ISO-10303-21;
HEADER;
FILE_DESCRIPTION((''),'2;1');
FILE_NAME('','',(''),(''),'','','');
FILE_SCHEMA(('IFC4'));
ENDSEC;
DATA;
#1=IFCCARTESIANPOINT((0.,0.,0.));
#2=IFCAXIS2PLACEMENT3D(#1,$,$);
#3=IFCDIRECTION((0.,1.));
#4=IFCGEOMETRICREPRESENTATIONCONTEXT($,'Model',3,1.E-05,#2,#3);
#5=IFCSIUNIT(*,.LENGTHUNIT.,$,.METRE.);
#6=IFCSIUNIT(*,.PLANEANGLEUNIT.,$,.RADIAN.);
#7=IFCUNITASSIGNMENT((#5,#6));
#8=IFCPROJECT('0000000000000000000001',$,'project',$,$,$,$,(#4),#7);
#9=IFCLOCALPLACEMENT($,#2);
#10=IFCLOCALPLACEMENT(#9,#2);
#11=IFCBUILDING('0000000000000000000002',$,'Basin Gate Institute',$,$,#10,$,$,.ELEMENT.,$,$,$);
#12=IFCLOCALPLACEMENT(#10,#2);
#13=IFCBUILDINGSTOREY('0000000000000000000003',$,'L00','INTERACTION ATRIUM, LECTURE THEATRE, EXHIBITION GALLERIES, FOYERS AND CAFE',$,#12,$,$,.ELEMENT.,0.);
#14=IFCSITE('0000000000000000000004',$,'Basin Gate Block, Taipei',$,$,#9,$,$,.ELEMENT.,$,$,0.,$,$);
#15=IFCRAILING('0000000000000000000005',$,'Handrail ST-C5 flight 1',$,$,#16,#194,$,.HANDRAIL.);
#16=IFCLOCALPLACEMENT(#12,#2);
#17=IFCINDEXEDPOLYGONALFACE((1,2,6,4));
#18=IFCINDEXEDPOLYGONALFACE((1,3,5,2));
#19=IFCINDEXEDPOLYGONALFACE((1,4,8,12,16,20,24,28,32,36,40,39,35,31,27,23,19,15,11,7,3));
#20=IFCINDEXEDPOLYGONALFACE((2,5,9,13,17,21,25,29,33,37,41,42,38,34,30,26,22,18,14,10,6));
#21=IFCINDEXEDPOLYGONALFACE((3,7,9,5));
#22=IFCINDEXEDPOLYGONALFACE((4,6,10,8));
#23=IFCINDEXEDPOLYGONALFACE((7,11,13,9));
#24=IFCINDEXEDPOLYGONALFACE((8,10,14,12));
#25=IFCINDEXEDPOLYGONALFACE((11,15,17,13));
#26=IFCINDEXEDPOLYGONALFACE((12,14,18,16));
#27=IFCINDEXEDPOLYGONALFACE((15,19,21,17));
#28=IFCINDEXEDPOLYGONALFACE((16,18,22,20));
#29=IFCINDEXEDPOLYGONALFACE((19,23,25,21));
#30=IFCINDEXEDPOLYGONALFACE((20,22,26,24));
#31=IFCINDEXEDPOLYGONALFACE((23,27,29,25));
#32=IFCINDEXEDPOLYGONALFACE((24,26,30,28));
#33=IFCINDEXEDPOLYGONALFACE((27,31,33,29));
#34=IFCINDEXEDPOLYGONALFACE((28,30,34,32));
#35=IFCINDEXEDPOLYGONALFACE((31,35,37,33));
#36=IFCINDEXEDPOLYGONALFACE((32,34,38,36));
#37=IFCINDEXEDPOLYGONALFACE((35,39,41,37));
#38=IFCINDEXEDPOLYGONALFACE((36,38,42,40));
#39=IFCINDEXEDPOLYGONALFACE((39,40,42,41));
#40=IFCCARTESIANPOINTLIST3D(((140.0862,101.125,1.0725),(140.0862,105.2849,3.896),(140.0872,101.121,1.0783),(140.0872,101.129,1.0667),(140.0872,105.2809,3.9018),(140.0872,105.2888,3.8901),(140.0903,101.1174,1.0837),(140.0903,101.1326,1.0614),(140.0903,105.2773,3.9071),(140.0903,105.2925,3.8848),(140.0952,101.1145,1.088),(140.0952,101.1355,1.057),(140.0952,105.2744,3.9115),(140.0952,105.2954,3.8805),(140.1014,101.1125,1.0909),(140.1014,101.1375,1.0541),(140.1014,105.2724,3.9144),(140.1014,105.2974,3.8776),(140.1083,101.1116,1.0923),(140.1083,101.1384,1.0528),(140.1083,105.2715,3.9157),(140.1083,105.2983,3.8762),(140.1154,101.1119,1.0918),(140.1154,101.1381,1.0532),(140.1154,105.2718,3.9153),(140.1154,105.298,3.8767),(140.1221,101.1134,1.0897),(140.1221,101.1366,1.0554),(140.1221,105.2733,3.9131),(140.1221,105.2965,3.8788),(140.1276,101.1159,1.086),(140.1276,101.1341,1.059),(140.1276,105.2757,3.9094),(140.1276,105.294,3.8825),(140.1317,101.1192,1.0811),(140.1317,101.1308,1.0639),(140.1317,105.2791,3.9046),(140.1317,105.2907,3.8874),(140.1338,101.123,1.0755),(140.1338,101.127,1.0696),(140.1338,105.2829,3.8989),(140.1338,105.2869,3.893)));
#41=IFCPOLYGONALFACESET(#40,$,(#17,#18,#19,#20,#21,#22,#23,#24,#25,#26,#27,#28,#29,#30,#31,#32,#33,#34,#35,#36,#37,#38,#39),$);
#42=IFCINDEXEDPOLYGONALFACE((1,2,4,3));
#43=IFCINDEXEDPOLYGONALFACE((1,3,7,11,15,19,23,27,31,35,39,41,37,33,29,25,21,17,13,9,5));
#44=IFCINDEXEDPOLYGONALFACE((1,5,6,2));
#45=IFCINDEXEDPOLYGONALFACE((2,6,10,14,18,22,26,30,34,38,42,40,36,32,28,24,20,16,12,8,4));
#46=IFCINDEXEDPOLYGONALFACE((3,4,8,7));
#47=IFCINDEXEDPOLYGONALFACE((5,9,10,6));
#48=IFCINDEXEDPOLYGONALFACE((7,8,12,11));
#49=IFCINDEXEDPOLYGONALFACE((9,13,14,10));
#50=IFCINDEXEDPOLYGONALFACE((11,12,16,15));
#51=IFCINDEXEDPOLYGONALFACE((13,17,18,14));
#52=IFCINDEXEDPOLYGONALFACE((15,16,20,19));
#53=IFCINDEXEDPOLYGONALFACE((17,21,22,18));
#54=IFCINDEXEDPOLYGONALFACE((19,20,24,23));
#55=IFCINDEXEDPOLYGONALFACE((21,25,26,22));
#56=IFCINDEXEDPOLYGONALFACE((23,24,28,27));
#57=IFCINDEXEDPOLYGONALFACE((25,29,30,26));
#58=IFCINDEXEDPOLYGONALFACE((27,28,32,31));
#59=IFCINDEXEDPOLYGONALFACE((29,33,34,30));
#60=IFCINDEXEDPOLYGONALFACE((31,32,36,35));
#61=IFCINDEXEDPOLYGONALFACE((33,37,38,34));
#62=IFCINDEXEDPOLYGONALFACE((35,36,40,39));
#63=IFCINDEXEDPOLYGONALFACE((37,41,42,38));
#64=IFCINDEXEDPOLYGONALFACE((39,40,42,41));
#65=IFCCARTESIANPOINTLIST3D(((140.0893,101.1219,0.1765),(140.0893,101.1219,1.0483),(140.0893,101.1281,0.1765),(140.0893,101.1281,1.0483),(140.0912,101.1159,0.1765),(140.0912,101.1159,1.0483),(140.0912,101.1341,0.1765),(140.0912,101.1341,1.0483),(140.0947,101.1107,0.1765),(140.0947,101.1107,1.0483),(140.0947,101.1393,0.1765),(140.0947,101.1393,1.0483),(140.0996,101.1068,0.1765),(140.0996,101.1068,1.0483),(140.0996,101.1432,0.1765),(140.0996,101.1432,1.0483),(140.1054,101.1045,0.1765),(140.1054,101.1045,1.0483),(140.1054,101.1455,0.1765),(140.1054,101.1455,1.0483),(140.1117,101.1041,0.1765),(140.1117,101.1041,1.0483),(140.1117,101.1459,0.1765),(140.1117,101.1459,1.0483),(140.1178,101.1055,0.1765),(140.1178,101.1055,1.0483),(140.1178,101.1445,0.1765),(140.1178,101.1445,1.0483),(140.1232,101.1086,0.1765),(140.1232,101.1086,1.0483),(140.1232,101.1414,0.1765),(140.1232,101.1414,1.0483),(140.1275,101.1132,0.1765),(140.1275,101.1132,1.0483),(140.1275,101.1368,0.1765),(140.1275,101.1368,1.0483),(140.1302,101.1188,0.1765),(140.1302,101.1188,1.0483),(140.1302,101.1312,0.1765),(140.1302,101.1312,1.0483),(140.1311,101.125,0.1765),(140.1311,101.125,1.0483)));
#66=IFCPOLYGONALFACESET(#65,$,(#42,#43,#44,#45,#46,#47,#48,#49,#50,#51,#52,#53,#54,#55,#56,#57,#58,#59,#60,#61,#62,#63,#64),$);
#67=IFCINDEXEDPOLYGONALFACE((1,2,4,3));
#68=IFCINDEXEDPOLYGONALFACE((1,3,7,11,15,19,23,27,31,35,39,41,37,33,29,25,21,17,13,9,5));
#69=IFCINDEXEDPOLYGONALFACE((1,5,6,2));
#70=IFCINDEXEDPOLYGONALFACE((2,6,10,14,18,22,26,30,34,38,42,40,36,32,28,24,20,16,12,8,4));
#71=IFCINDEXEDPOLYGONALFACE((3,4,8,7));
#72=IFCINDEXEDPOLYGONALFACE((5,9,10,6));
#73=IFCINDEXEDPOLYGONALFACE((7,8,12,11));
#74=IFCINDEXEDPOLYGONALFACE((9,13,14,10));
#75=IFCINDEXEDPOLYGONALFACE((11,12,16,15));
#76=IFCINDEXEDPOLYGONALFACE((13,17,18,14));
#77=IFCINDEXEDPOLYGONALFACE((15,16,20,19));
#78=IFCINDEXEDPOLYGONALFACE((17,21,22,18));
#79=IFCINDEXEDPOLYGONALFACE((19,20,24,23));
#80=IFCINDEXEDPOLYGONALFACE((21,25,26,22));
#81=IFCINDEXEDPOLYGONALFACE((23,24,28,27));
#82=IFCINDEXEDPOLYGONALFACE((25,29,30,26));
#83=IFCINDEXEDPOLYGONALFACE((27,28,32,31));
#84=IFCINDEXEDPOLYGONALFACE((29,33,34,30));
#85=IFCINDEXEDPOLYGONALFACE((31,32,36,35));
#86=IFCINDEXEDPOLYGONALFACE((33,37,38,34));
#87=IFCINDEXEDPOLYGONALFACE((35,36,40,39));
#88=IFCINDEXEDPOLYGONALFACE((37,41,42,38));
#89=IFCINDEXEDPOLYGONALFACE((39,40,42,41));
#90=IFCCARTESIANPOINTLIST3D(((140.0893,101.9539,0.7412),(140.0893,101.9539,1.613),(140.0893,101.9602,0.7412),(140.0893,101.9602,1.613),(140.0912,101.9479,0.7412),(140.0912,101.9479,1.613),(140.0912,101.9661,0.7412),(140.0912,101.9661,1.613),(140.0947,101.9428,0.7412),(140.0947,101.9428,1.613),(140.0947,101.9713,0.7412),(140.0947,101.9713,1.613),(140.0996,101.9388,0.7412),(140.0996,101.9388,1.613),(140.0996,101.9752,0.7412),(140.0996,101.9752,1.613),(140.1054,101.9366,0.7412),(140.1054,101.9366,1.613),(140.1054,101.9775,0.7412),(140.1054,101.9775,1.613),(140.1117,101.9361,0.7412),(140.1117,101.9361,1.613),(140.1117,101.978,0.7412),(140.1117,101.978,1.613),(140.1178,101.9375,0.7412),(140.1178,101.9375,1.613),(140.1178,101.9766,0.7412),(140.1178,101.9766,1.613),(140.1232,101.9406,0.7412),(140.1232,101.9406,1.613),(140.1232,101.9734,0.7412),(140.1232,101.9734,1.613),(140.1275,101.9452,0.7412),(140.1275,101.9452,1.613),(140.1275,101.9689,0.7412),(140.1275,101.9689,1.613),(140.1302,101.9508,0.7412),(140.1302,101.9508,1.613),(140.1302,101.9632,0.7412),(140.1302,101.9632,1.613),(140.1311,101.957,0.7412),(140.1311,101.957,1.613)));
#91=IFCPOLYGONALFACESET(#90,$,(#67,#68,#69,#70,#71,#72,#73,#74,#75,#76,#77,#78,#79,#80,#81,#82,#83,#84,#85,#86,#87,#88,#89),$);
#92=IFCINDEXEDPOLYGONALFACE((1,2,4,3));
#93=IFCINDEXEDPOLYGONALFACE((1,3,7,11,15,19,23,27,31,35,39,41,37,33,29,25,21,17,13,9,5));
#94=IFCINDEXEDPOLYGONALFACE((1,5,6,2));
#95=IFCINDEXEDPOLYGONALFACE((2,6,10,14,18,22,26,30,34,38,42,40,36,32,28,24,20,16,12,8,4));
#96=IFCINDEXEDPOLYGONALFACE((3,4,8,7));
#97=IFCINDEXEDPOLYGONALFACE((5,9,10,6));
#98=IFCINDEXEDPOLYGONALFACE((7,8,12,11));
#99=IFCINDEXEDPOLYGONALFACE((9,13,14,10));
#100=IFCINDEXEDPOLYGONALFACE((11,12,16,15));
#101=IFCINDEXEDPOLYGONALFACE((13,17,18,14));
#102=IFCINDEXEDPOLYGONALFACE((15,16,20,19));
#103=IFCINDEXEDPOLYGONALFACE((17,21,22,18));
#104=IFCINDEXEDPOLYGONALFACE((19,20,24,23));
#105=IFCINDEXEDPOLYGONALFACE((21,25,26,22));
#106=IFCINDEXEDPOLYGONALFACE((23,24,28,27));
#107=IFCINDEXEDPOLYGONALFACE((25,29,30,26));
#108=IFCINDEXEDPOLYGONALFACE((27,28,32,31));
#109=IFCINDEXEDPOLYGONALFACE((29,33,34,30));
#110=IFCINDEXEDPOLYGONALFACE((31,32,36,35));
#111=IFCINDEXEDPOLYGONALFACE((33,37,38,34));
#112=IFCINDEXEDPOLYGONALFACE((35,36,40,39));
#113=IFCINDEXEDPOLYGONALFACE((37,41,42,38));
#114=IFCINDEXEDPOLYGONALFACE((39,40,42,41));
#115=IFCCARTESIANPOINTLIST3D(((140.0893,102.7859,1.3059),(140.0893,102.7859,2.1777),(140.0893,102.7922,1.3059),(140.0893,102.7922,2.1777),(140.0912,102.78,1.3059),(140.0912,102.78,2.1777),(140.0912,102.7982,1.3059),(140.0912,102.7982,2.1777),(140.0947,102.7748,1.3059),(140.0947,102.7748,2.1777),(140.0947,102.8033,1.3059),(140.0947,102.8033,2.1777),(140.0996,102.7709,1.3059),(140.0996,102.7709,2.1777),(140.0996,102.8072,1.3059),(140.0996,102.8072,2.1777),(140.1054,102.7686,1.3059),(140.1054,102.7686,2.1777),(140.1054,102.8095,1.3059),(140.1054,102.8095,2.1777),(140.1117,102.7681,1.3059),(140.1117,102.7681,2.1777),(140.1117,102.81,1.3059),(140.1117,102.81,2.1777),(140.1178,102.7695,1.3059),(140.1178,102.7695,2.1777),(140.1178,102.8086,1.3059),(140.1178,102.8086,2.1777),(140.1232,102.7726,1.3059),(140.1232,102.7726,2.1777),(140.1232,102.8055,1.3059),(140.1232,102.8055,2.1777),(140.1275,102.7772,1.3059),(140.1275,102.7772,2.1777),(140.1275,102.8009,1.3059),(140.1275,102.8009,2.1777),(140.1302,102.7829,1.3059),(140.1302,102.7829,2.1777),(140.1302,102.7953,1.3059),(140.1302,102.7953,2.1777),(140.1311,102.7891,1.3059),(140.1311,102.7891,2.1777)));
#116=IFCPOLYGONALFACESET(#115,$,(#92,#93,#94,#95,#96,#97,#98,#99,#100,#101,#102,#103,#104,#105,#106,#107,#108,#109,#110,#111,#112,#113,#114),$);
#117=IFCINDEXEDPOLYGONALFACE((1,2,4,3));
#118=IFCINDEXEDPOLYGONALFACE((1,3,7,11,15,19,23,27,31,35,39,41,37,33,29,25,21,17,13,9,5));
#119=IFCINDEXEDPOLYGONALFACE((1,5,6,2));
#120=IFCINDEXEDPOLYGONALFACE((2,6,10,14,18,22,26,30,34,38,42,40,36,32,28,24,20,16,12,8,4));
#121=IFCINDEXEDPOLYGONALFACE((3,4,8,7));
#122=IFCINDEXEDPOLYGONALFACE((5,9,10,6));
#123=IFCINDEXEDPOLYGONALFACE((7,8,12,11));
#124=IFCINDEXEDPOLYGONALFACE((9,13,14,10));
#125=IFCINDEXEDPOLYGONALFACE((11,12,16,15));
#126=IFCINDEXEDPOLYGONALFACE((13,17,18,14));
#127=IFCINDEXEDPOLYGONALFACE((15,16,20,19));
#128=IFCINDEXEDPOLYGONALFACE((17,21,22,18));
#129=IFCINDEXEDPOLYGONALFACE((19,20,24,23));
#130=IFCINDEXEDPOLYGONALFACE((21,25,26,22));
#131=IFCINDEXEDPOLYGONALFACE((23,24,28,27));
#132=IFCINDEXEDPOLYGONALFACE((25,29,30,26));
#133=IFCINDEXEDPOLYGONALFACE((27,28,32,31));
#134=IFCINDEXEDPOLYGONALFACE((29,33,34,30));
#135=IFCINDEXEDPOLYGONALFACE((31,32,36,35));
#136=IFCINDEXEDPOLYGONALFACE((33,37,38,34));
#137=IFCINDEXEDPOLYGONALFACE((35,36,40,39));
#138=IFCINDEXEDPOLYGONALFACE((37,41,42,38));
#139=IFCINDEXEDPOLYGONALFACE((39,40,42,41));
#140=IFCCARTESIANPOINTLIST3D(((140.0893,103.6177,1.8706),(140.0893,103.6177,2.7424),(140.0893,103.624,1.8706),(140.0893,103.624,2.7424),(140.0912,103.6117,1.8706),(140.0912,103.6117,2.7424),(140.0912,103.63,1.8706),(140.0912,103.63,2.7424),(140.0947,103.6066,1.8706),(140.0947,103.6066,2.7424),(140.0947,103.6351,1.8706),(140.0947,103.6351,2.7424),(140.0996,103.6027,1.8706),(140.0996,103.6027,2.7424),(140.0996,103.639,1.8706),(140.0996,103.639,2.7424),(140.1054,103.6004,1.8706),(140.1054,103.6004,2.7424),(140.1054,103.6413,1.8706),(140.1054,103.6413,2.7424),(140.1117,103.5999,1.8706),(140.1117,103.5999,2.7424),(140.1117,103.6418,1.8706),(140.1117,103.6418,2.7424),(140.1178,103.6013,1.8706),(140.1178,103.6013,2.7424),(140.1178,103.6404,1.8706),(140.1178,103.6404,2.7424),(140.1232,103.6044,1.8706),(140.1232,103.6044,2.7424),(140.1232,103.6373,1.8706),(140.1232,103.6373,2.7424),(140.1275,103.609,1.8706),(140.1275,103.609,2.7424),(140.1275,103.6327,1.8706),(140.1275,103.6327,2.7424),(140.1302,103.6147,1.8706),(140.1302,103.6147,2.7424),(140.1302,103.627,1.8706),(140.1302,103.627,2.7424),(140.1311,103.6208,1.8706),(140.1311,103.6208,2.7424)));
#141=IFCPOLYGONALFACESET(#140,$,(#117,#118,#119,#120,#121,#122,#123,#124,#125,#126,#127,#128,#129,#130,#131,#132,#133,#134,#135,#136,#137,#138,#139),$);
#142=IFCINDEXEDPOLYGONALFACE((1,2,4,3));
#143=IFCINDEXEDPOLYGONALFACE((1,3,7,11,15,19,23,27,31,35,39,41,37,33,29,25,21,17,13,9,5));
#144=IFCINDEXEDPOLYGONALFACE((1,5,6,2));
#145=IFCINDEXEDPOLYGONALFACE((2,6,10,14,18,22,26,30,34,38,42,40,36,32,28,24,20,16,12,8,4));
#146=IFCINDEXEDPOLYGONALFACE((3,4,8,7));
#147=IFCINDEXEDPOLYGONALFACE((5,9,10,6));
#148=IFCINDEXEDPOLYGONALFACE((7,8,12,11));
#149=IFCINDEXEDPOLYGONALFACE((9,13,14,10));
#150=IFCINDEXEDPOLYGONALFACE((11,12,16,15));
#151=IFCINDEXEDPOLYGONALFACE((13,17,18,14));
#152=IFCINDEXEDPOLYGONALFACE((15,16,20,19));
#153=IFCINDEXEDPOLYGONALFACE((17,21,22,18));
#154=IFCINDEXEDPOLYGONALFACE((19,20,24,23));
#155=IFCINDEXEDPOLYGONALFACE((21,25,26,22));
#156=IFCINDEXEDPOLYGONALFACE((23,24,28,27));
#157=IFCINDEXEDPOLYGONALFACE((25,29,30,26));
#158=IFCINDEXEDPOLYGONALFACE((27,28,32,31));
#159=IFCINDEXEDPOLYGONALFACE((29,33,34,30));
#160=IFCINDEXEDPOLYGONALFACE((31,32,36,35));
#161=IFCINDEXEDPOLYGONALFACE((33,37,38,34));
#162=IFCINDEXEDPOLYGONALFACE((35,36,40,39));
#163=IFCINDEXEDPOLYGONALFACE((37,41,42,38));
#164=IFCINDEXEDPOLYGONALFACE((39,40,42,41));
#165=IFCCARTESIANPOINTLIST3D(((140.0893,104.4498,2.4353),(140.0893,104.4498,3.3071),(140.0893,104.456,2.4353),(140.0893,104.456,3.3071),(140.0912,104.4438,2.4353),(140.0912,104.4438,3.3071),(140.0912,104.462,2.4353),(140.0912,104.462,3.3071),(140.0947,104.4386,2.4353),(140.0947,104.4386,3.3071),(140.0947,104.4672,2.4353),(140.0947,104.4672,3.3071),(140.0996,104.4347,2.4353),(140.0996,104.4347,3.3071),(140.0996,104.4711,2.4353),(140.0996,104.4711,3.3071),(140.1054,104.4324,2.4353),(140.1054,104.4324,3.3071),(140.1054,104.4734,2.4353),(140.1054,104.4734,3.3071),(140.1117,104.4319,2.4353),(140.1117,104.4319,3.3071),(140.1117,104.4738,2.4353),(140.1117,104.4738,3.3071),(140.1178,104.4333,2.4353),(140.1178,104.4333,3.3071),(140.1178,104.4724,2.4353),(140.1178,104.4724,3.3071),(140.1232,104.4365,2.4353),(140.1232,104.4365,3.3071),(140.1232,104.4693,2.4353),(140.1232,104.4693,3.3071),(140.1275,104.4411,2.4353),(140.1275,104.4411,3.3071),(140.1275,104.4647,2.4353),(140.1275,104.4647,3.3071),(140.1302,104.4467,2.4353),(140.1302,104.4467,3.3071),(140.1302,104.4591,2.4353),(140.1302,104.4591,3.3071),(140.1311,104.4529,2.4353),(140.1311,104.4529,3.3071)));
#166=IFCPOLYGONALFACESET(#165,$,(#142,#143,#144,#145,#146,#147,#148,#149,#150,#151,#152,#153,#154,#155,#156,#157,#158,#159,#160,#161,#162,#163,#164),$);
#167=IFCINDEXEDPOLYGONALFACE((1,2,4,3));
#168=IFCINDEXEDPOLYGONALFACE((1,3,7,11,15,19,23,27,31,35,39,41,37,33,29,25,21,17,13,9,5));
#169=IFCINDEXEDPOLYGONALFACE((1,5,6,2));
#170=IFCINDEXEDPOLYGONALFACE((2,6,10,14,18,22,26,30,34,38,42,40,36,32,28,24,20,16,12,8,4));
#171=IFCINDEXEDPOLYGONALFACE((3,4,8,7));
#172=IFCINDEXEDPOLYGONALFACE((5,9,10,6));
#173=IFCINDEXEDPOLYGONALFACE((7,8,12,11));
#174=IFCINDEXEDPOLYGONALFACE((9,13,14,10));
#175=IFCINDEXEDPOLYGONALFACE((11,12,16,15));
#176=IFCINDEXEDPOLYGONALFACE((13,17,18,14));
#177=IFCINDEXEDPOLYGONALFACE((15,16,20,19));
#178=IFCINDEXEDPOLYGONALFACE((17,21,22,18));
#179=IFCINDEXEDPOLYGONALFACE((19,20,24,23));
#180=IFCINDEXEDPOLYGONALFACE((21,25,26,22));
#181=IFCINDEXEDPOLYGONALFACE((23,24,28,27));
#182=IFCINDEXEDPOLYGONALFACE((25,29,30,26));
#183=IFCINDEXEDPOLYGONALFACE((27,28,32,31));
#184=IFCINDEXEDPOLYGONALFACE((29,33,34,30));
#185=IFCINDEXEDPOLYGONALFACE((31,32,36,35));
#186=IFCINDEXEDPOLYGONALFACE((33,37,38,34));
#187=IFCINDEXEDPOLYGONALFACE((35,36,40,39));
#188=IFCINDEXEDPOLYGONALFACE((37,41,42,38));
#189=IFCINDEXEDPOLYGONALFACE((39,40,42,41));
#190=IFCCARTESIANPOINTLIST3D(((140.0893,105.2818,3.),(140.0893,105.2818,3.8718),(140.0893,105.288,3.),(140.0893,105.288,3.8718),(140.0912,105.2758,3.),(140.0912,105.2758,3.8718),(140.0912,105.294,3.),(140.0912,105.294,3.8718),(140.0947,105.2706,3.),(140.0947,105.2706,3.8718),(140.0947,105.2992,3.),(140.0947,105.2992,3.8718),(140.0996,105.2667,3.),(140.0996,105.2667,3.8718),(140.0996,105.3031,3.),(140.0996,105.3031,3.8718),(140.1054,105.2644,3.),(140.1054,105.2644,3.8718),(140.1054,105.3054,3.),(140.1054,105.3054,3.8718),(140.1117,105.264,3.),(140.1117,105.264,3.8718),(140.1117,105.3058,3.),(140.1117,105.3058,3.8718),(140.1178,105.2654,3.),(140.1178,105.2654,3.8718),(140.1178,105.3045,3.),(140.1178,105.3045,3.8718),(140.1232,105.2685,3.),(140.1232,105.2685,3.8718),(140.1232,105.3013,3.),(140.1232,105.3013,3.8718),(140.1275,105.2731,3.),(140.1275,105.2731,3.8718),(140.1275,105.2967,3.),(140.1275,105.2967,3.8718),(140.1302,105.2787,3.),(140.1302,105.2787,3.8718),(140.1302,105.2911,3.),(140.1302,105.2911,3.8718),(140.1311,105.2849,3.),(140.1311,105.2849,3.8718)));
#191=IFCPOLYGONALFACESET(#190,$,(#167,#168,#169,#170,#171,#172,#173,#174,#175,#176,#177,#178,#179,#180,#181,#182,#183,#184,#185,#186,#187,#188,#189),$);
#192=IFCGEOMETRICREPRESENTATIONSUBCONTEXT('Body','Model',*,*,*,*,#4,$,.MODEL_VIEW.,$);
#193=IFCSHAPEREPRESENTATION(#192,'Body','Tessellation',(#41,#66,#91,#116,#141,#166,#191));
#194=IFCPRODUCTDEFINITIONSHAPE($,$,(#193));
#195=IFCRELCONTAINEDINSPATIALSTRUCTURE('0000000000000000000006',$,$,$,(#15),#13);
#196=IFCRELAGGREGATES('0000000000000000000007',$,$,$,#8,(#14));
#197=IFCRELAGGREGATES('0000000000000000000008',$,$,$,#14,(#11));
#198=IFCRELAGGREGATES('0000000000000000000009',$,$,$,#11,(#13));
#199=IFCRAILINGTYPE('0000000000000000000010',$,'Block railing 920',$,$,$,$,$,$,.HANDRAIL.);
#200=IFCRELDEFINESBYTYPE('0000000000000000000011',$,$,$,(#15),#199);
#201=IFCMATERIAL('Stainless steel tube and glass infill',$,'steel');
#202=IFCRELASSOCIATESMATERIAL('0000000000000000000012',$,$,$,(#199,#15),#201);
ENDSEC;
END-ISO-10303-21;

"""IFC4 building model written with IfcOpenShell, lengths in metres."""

from ifc_helpers import new_model, si_unit, direction, frame, origin, origin_2d, place, context, subcontext, project, spatial, circle, extrude, material, type_object, element, save


model = new_model("IFC4")

# Units and contexts
model_context = context("Model", 3, precision=1e-05, world=origin(), true_north=direction((0.0, 1.0)))
body_context = subcontext(model_context, "Body", "Model", "MODEL_VIEW")
ifc_project = project(units=[si_unit("LENGTHUNIT", "METRE"), si_unit("PLANEANGLEUNIT", "RADIAN")], contexts=[model_context])

# Site, building, storey
site_placement = place(None, origin())
site = spatial("IfcSite", under=ifc_project, at=site_placement, Name="Basin Gate Block, Taipei", CompositionType="ELEMENT", RefElevation=0.0)
building_placement = place(site_placement, origin())
building = spatial("IfcBuilding", under=site, at=building_placement, Name="Basin Gate Institute", CompositionType="ELEMENT")
storey_placement = place(building_placement, origin())
storey = spatial("IfcBuildingStorey", under=building, at=storey_placement, Name="L00", Description="INTERACTION ATRIUM, LECTURE THEATRE, EXHIBITION GALLERIES, FOYERS AND CAFE", CompositionType="ELEMENT", Elevation=0.0)

# Railing
ifc_material_1 = material(Name="Stainless steel tube and glass infill", Category="steel")
railing_type_1 = type_object("IfcRailingType", Name="Block railing 920", PredefinedType="HANDRAIL", material=ifc_material_1)
for number, where, name in (
    (1, (140.1101, 101.125, 0.1765), "Handrail ST-C5 flight 1"),
):
    element("IfcRailing", number, at=place(storey_placement, frame(where)), inside=storey, type_object=railing_type_1, material=ifc_material_1, Name=name, PredefinedType="HANDRAIL", context=body_context, shape_type="SweptSolid", body=[
        extrude(circle(Radius=0.0239, at=origin_2d()), frame((0.0, 0.0, 0.896), z_axis=(0.0, 0.827412, 0.561595), x_axis=(-1.0, 0.0, 0.0)), (0.0, 0.0, 1.0), 5.0276),
        extrude(circle(Radius=0.021, at=origin_2d()), origin(), (0.0, 0.0, 1.0), 0.8718),
        extrude(circle(Radius=0.021, at=origin_2d()), frame((0.0, 0.832, 0.5647)), (0.0, 0.0, 1.0), 0.8718),
        extrude(circle(Radius=0.021, at=origin_2d()), frame((0.0, 1.6641, 1.1294)), (0.0, 0.0, 1.0), 0.8718),
        extrude(circle(Radius=0.021, at=origin_2d()), frame((0.0, 2.4958, 1.6941)), (0.0, 0.0, 1.0), 0.8718),
        extrude(circle(Radius=0.021, at=origin_2d()), frame((0.0, 3.3279, 2.2588)), (0.0, 0.0, 1.0), 0.8718),
        extrude(circle(Radius=0.021, at=origin_2d()), frame((0.0, 4.1599, 2.8235)), (0.0, 0.0, 1.0), 0.8718),
    ])

save(model, "model.ifc")
